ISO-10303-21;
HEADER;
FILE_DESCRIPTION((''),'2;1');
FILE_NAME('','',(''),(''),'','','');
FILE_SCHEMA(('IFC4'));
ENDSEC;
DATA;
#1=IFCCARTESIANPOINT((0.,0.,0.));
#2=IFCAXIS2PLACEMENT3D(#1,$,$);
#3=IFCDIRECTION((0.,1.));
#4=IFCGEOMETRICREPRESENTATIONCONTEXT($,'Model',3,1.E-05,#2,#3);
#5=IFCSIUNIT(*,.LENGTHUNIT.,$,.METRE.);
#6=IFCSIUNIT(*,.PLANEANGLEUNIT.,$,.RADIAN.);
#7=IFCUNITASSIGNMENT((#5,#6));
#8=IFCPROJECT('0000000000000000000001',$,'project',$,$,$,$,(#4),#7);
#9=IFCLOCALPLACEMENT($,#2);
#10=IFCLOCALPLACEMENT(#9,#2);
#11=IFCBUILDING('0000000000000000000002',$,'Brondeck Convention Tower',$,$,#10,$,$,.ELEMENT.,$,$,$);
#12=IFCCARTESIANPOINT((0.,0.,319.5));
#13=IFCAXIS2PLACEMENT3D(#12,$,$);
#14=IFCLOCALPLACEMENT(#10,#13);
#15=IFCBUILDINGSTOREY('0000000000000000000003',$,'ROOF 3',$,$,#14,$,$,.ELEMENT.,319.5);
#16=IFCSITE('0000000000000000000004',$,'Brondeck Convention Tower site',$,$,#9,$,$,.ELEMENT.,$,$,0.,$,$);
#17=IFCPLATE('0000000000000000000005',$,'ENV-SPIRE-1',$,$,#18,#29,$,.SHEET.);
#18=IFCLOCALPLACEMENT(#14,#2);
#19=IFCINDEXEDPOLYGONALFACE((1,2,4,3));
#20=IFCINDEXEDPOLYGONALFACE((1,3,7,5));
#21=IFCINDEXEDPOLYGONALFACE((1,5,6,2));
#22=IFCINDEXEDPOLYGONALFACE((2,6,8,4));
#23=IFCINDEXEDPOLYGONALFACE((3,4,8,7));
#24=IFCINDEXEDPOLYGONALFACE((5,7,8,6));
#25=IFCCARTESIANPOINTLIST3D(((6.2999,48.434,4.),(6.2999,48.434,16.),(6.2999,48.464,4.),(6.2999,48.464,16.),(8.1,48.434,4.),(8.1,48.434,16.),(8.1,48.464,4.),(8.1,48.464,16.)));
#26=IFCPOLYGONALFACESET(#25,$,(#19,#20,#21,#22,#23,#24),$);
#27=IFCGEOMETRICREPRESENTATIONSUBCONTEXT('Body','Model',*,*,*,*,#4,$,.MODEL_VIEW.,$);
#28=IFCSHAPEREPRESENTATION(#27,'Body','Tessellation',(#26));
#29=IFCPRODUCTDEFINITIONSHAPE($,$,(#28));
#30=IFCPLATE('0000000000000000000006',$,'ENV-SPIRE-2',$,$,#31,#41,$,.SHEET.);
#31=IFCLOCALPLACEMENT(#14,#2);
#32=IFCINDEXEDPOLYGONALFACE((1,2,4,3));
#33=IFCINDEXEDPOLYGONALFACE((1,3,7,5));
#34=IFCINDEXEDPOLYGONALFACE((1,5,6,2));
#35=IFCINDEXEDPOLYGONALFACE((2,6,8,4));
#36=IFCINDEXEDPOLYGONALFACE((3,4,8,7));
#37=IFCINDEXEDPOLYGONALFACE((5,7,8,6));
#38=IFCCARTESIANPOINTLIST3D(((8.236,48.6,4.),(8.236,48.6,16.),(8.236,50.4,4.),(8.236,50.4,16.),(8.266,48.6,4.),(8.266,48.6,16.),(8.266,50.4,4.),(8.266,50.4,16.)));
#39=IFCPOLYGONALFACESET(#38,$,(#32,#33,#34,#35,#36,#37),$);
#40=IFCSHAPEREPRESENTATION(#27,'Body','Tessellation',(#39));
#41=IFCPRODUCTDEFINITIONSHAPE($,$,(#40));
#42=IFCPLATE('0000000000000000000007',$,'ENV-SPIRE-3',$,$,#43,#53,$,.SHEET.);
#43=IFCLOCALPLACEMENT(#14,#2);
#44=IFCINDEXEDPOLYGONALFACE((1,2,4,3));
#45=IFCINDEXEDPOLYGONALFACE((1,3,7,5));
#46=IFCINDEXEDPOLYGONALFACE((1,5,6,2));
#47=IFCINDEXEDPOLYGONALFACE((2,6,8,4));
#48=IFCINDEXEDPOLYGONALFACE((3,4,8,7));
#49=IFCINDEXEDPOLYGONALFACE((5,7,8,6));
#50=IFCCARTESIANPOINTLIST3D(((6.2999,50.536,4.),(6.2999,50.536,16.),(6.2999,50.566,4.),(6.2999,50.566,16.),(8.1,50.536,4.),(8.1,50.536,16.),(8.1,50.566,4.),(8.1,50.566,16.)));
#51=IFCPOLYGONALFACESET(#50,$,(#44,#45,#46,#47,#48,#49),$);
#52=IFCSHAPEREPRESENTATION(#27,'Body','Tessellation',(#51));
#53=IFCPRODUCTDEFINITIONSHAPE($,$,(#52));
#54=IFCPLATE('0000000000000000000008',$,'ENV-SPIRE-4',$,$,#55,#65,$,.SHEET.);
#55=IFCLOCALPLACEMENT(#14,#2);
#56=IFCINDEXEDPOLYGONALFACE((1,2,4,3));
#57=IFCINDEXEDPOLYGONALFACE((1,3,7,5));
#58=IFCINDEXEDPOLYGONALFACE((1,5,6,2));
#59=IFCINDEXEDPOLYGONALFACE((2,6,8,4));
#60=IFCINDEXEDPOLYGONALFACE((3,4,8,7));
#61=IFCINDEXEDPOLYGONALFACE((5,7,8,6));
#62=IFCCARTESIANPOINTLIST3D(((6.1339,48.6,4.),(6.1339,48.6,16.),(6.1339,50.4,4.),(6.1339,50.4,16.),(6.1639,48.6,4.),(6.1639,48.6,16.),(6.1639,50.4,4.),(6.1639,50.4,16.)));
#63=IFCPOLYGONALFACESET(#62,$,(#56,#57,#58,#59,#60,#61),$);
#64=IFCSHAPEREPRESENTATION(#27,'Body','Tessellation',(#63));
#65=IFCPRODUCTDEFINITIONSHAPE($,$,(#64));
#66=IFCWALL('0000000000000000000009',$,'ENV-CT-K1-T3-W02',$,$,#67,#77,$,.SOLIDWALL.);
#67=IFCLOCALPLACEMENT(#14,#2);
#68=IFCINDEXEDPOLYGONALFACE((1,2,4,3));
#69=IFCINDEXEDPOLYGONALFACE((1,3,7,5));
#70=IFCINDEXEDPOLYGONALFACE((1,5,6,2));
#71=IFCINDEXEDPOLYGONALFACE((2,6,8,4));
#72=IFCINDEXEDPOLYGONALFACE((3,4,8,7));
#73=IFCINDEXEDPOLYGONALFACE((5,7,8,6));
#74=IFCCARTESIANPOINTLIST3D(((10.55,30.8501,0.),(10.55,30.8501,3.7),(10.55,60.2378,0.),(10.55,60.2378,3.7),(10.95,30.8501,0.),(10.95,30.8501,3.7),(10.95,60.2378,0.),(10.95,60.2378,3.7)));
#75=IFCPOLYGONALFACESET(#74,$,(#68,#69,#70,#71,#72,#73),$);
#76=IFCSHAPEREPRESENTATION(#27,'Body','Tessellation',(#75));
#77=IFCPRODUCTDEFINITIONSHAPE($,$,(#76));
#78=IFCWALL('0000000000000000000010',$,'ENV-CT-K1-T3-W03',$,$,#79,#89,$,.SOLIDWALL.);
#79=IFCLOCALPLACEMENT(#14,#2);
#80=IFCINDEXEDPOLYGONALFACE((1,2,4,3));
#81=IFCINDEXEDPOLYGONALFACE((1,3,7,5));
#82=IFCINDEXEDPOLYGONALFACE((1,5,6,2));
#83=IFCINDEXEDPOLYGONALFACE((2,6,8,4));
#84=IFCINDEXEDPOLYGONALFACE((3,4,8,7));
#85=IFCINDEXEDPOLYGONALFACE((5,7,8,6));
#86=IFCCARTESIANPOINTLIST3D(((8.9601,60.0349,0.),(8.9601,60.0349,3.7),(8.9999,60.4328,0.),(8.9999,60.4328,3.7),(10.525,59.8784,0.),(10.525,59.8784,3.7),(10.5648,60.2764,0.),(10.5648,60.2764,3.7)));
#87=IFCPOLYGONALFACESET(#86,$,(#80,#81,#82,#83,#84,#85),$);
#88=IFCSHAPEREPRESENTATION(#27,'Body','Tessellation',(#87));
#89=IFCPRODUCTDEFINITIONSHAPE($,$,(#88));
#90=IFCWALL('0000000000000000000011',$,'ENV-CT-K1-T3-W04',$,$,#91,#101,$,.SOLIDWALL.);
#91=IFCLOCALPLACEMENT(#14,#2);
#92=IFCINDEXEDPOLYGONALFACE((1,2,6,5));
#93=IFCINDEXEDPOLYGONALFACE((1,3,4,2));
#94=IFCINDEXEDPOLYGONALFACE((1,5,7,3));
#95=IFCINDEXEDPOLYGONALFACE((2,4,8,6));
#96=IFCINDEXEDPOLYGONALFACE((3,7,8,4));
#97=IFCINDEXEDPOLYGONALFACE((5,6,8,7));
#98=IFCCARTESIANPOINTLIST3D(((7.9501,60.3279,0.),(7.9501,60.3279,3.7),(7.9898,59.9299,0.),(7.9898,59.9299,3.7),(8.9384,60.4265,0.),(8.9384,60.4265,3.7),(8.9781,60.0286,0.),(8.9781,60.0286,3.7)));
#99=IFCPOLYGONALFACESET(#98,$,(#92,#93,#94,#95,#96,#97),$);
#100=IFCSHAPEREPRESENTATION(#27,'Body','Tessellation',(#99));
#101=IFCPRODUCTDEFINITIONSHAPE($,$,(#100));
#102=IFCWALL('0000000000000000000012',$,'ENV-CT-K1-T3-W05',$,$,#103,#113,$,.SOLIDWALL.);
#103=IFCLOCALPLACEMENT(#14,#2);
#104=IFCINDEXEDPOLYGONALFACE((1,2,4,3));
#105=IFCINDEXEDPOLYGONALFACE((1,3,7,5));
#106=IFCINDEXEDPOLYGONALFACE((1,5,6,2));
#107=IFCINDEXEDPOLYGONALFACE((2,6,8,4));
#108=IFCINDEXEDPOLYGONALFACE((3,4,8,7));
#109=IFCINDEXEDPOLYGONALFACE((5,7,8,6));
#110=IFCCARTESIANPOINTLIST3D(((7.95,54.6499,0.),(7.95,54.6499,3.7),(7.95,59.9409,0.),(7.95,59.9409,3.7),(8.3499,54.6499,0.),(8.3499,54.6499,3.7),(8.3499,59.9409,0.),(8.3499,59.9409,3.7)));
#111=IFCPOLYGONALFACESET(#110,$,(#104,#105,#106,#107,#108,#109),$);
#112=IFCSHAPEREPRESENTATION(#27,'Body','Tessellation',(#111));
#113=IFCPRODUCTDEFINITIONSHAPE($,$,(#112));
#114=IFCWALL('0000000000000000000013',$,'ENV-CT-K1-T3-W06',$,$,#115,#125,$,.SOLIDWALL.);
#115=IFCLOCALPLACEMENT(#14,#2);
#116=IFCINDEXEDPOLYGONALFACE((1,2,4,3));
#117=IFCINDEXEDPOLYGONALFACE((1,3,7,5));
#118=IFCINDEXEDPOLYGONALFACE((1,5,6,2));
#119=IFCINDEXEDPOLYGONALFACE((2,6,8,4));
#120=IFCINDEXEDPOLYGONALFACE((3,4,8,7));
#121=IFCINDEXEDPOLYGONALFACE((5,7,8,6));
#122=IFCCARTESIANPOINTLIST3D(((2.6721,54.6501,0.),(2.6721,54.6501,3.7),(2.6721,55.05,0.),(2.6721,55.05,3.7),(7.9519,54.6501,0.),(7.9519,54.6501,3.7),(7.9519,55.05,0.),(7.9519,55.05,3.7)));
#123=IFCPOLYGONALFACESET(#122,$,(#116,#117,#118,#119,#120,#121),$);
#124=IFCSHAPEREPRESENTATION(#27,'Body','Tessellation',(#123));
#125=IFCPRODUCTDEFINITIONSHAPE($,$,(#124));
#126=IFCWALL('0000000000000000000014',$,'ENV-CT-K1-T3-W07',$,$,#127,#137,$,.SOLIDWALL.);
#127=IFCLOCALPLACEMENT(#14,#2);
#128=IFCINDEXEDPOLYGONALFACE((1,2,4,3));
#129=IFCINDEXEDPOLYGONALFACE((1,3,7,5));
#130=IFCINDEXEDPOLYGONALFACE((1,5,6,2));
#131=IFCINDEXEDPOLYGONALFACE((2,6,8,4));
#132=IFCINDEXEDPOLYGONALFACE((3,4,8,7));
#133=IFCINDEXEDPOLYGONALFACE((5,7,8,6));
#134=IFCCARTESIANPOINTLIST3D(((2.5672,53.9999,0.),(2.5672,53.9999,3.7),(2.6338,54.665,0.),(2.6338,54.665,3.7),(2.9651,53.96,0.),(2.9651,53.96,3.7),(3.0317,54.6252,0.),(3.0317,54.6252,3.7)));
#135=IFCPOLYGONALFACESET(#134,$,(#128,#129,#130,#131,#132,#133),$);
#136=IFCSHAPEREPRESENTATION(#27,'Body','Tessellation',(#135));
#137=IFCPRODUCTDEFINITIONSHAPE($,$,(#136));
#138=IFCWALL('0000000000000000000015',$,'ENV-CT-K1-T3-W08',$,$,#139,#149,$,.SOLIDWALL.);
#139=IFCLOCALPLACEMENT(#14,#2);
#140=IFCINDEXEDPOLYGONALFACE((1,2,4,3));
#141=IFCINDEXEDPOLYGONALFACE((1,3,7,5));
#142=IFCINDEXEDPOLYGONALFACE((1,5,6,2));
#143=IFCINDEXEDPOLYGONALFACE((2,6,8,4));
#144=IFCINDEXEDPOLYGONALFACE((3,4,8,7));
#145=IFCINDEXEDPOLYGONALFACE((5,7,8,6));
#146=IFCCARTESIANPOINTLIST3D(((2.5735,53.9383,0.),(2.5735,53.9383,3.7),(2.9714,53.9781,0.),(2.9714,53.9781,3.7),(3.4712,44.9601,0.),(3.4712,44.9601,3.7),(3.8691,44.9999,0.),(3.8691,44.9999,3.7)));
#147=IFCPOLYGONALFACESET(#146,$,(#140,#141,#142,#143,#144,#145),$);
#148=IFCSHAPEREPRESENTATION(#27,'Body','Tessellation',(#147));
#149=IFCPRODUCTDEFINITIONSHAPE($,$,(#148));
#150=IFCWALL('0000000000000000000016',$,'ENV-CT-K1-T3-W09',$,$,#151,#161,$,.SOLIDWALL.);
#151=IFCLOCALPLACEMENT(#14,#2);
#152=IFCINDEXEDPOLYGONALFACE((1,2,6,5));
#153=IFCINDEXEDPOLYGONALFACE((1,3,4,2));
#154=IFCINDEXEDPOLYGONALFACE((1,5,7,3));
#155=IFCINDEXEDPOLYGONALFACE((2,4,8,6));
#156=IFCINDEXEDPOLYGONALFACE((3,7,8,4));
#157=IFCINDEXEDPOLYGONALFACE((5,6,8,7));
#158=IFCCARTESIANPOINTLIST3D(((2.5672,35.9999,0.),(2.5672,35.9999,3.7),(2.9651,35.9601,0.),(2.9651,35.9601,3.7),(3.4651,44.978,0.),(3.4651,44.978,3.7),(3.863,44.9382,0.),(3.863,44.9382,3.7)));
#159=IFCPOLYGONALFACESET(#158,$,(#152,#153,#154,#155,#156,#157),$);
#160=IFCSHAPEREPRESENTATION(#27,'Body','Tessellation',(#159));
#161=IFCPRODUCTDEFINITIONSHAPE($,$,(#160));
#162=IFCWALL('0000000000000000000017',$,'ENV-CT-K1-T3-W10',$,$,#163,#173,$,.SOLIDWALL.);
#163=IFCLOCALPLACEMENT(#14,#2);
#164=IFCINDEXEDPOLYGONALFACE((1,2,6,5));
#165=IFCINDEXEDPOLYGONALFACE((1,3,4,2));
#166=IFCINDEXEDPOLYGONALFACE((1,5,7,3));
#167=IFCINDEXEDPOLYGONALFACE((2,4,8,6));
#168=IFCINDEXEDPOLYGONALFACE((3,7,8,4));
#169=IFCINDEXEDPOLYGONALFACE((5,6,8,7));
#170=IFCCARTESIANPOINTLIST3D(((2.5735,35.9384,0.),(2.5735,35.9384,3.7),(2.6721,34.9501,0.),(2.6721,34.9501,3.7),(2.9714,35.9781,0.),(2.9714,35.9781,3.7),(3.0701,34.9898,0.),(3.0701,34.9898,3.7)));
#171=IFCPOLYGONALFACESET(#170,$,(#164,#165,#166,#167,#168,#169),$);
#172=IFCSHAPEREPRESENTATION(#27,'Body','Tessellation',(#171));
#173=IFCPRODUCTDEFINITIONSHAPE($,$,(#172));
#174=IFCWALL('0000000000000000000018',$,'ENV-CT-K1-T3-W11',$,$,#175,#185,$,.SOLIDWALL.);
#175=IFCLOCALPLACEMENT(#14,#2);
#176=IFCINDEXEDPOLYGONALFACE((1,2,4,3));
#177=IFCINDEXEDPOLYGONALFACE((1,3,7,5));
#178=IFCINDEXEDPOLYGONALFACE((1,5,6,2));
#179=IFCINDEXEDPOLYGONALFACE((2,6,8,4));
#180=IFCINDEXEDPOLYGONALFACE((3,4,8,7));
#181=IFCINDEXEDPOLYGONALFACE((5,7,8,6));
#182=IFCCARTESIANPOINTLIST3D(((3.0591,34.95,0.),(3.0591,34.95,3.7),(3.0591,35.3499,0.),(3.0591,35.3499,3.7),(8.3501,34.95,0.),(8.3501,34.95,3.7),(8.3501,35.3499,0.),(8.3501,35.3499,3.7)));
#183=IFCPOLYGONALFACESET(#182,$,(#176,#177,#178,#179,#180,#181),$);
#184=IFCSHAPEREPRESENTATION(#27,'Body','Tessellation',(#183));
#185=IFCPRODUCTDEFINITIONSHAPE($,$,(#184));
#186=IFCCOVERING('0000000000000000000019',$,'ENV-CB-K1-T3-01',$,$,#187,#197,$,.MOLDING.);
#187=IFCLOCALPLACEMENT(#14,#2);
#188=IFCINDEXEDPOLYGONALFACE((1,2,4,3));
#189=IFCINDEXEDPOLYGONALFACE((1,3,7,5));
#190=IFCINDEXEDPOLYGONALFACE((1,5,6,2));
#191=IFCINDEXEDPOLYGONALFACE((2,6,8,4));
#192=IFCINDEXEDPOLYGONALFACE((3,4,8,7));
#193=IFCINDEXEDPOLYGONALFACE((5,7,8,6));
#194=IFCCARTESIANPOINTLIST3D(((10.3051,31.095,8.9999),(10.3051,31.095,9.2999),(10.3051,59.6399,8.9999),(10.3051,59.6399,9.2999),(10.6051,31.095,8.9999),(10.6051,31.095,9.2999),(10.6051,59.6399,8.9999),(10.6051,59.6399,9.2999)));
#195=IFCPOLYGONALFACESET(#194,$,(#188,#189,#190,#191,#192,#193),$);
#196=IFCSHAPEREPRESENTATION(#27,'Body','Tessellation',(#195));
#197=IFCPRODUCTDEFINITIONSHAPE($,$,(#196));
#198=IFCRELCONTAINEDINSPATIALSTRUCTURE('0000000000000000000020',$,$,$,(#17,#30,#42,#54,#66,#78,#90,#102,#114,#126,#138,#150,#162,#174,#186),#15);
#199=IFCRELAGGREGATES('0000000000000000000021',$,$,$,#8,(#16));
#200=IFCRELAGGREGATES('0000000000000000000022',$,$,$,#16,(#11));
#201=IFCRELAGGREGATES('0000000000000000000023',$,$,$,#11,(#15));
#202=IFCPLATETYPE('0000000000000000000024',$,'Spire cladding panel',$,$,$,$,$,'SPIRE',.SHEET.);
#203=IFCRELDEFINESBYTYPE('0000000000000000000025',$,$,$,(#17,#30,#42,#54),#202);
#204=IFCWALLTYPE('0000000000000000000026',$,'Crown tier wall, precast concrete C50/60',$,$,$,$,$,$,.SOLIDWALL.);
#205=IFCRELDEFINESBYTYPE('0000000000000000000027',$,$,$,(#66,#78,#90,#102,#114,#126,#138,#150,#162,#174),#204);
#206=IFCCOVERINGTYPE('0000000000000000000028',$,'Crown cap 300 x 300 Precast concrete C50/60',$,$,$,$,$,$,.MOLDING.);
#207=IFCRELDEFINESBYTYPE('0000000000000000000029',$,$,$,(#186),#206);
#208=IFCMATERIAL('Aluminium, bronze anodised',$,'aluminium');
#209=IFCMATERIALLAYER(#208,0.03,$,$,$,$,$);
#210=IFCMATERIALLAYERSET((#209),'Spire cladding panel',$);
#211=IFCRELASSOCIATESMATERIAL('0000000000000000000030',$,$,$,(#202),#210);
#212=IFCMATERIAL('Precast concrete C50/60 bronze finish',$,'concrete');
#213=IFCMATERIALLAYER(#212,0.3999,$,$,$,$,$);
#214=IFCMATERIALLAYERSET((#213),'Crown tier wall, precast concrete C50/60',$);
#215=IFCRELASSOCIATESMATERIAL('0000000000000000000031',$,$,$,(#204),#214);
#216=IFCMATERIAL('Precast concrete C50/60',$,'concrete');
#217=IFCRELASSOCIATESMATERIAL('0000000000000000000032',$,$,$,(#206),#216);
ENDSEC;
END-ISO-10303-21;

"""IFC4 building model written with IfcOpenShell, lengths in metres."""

from ifc_helpers import new_model, si_unit, direction, frame, frame_2d, origin, origin_2d, place, context, subcontext, project, spatial, rectangle, extrude, material, layer, layer_set, material_profile, profile_set, type_object, element, save


model = new_model("IFC4")

# Units and contexts
model_context = context("Model", 3, precision=1e-05, world=origin(), true_north=direction((0.0, 1.0)))
body_context = subcontext(model_context, "Body", "Model", "MODEL_VIEW")
ifc_project = project(units=[si_unit("LENGTHUNIT", "METRE"), si_unit("PLANEANGLEUNIT", "RADIAN")], contexts=[model_context])

# Site, building, storey
site_placement = place(None, origin())
site = spatial("IfcSite", under=ifc_project, at=site_placement, Name="Brondeck Convention Tower site", CompositionType="ELEMENT", RefElevation=0.0)
building_placement = place(site_placement, origin())
building = spatial("IfcBuilding", under=site, at=building_placement, Name="Brondeck Convention Tower", CompositionType="ELEMENT")
storey_placement = place(building_placement, frame((0.0, 0.0, 319.5)))
storey = spatial("IfcBuildingStorey", under=building, at=storey_placement, Name="ROOF 3", CompositionType="ELEMENT", Elevation=319.5)

# Plates
ifc_material_1 = material(Name="Aluminium, bronze anodised", Category="aluminium")
ifc_layer_1 = layer(ifc_material_1, 0.03)
ifc_layer_set_1 = layer_set([ifc_layer_1], Name="Spire cladding panel")
plate_type = type_object("IfcPlateType", Name="Spire cladding panel", ElementType="SPIRE", PredefinedType="SHEET", material=ifc_layer_set_1)
for number, where, z_axis, x_axis, name in (
    (1, (7.2, 48.449, 4.0), (0.0, 0.0, 1.0), (1.0, 0.0, 0.0), "ENV-SPIRE-1"),
    (2, (8.251, 49.5, 4.0), (0.0, 0.0, 1.0), (0.0, 1.0, 0.0), "ENV-SPIRE-2"),
    (3, (7.2, 50.551, 4.0), (0.0, 0.0, 1.0), (1.0, 0.0, 0.0), "ENV-SPIRE-3"),
    (4, (6.1489, 49.5, 4.0), (0.0, 0.0, 1.0), (0.0, 1.0, 0.0), "ENV-SPIRE-4"),
):
    element("IfcPlate", number, at=place(storey_placement, frame(where, z_axis=z_axis, x_axis=x_axis)), inside=storey, type_object=plate_type, Name=name, PredefinedType="SHEET", context=body_context, shape_type="SweptSolid", body=[
        extrude(rectangle(XDim=1.8, YDim=0.03, at=origin_2d()), origin(), (0.0, 0.0, 1.0), 12.0),
    ])

# Walls
ifc_material_2 = material(Name="Precast concrete C50/60 bronze finish", Category="concrete")
ifc_layer_2 = layer(ifc_material_2, 0.3999)
ifc_layer_set_2 = layer_set([ifc_layer_2], Name="Crown tier wall, precast concrete C50/60")
wall_type = type_object("IfcWallType", Name="Crown tier wall, precast concrete C50/60", PredefinedType="SOLIDWALL", material=ifc_layer_set_2)
wall_1_placement = place(storey_placement, frame((10.75, 60.2378, 0.0), z_axis=(0.0, 0.0, 1.0), x_axis=(0.0, -1.0, 0.0)))
element("IfcWall", 5, at=wall_1_placement, inside=storey, type_object=wall_type, Name="ENV-CT-K1-T3-W02", PredefinedType="SOLIDWALL", context=body_context, shape_type="SweptSolid", body=[
    extrude(rectangle(XDim=29.3877, YDim=0.3999, at=frame_2d((14.6938, 0.0))), origin(), (0.0, 0.0, 1.0), 3.7),
])
wall_2_placement = place(storey_placement, frame((8.98, 60.2339, 0.0), z_axis=(0.0, 0.0, 1.0), x_axis=(0.995037, -0.099504, 0.0)))
element("IfcWall", 6, at=wall_2_placement, inside=storey, type_object=wall_type, Name="ENV-CT-K1-T3-W03", PredefinedType="SOLIDWALL", context=body_context, shape_type="SweptSolid", body=[
    extrude(rectangle(XDim=1.5728, YDim=0.3999, at=frame_2d((0.7864, 0.0))), origin(), (0.0, 0.0, 1.0), 3.7),
])
wall_3_placement = place(storey_placement, frame((7.97, 60.1289, 0.0), z_axis=(0.0, 0.0, 1.0), x_axis=(0.995057, 0.099309, 0.0)))
element("IfcWall", 7, at=wall_3_placement, inside=storey, type_object=wall_type, Name="ENV-CT-K1-T3-W04", PredefinedType="SOLIDWALL", context=body_context, shape_type="SweptSolid", body=[
    extrude(rectangle(XDim=0.9932, YDim=0.3999, at=frame_2d((0.4966, 0.0))), origin(), (0.0, 0.0, 1.0), 3.7),
])
wall_4_placement = place(storey_placement, frame((8.1499, 54.6499, 0.0), z_axis=(0.0, 0.0, 1.0), x_axis=(0.0, 1.0, 0.0)))
element("IfcWall", 8, at=wall_4_placement, inside=storey, type_object=wall_type, Name="ENV-CT-K1-T3-W05", PredefinedType="SOLIDWALL", context=body_context, shape_type="SweptSolid", body=[
    extrude(rectangle(XDim=5.291, YDim=0.3999, at=frame_2d((2.6455, 0.0))), origin(), (0.0, 0.0, 1.0), 3.7),
])
wall_5_placement = place(storey_placement, frame((2.6721, 54.8501, 0.0), z_axis=(0.0, 0.0, 1.0), x_axis=(1.0, 0.0, 0.0)))
element("IfcWall", 9, at=wall_5_placement, inside=storey, type_object=wall_type, Name="ENV-CT-K1-T3-W06", PredefinedType="SOLIDWALL", context=body_context, shape_type="SweptSolid", body=[
    extrude(rectangle(XDim=5.2798, YDim=0.3999, at=frame_2d((2.6399, 0.0))), origin(), (0.0, 0.0, 1.0), 3.7),
])
wall_6_placement = place(storey_placement, frame((2.7661, 53.98, 0.0), z_axis=(0.0, 0.0, 1.0), x_axis=(0.099721, 0.995015, 0.0)))
element("IfcWall", 10, at=wall_6_placement, inside=storey, type_object=wall_type, Name="ENV-CT-K1-T3-W07", PredefinedType="SOLIDWALL", context=body_context, shape_type="SweptSolid", body=[
    extrude(rectangle(XDim=0.6685, YDim=0.3999, at=frame_2d((0.3342, 0.0))), origin(), (0.0, 0.0, 1.0), 3.7),
])
for number, where, z_axis, x_axis, name in (
    (11, (3.6702, 44.98, 0.0), (0.0, 0.0, 1.0), (-0.09949, 0.995039, 0.0), "ENV-CT-K1-T3-W08"),
    (12, (2.7661, 35.98, 0.0), (0.0, 0.0, 1.0), (0.099517, 0.995036, 0.0), "ENV-CT-K1-T3-W09"),
):
    element("IfcWall", number, at=place(storey_placement, frame(where, z_axis=z_axis, x_axis=x_axis)), inside=storey, type_object=wall_type, Name=name, PredefinedType="SOLIDWALL", context=body_context, shape_type="SweptSolid", body=[
        extrude(rectangle(XDim=9.0229, YDim=0.3999, at=frame_2d((4.5115, 0.0))), origin(), (0.0, 0.0, 1.0), 3.7),
    ])
wall_7_placement = place(storey_placement, frame((2.8711, 34.97, 0.0), z_axis=(0.0, 0.0, 1.0), x_axis=(-0.099309, 0.995057, 0.0)))
element("IfcWall", 13, at=wall_7_placement, inside=storey, type_object=wall_type, Name="ENV-CT-K1-T3-W10", PredefinedType="SOLIDWALL", context=body_context, shape_type="SweptSolid", body=[
    extrude(rectangle(XDim=0.9932, YDim=0.3999, at=frame_2d((0.4966, 0.0))), origin(), (0.0, 0.0, 1.0), 3.7),
])
wall_8_placement = place(storey_placement, frame((8.3501, 35.1499, 0.0), z_axis=(0.0, 0.0, 1.0), x_axis=(-1.0, 0.0, 0.0)))
element("IfcWall", 14, at=wall_8_placement, inside=storey, type_object=wall_type, Name="ENV-CT-K1-T3-W11", PredefinedType="SOLIDWALL", context=body_context, shape_type="SweptSolid", body=[
    extrude(rectangle(XDim=5.291, YDim=0.3999, at=frame_2d((2.6455, 0.0))), origin(), (0.0, 0.0, 1.0), 3.7),
])

# Covering
ifc_material_3 = material(Name="Precast concrete C50/60", Category="concrete")
ifc_material_profile = material_profile(ifc_material_3, rectangle(XDim=0.3, YDim=0.3, at=origin_2d()), Name="Crown cap 300 x 300 Precast concrete C50/60")
ifc_profile_set = profile_set([ifc_material_profile], Name="Precast concrete C50/60")
covering_type = type_object("IfcCoveringType", Name="Crown cap 300 x 300 Precast concrete C50/60", PredefinedType="MOLDING", material=ifc_profile_set)
covering_1_placement = place(storey_placement, frame((10.4551, 31.095, 9.1499), z_axis=(0.0, 1.0, 0.0), x_axis=(-1.0, 0.0, 0.0)))
element("IfcCovering", 15, at=covering_1_placement, inside=storey, type_object=covering_type, Name="ENV-CB-K1-T3-01", PredefinedType="MOLDING", context=body_context, shape_type="SweptSolid", body=[
    extrude(rectangle(XDim=0.3, YDim=0.3, at=origin_2d()), origin(), (0.0, 0.0, 1.0), 28.5449),
])

save(model, "model.ifc")
